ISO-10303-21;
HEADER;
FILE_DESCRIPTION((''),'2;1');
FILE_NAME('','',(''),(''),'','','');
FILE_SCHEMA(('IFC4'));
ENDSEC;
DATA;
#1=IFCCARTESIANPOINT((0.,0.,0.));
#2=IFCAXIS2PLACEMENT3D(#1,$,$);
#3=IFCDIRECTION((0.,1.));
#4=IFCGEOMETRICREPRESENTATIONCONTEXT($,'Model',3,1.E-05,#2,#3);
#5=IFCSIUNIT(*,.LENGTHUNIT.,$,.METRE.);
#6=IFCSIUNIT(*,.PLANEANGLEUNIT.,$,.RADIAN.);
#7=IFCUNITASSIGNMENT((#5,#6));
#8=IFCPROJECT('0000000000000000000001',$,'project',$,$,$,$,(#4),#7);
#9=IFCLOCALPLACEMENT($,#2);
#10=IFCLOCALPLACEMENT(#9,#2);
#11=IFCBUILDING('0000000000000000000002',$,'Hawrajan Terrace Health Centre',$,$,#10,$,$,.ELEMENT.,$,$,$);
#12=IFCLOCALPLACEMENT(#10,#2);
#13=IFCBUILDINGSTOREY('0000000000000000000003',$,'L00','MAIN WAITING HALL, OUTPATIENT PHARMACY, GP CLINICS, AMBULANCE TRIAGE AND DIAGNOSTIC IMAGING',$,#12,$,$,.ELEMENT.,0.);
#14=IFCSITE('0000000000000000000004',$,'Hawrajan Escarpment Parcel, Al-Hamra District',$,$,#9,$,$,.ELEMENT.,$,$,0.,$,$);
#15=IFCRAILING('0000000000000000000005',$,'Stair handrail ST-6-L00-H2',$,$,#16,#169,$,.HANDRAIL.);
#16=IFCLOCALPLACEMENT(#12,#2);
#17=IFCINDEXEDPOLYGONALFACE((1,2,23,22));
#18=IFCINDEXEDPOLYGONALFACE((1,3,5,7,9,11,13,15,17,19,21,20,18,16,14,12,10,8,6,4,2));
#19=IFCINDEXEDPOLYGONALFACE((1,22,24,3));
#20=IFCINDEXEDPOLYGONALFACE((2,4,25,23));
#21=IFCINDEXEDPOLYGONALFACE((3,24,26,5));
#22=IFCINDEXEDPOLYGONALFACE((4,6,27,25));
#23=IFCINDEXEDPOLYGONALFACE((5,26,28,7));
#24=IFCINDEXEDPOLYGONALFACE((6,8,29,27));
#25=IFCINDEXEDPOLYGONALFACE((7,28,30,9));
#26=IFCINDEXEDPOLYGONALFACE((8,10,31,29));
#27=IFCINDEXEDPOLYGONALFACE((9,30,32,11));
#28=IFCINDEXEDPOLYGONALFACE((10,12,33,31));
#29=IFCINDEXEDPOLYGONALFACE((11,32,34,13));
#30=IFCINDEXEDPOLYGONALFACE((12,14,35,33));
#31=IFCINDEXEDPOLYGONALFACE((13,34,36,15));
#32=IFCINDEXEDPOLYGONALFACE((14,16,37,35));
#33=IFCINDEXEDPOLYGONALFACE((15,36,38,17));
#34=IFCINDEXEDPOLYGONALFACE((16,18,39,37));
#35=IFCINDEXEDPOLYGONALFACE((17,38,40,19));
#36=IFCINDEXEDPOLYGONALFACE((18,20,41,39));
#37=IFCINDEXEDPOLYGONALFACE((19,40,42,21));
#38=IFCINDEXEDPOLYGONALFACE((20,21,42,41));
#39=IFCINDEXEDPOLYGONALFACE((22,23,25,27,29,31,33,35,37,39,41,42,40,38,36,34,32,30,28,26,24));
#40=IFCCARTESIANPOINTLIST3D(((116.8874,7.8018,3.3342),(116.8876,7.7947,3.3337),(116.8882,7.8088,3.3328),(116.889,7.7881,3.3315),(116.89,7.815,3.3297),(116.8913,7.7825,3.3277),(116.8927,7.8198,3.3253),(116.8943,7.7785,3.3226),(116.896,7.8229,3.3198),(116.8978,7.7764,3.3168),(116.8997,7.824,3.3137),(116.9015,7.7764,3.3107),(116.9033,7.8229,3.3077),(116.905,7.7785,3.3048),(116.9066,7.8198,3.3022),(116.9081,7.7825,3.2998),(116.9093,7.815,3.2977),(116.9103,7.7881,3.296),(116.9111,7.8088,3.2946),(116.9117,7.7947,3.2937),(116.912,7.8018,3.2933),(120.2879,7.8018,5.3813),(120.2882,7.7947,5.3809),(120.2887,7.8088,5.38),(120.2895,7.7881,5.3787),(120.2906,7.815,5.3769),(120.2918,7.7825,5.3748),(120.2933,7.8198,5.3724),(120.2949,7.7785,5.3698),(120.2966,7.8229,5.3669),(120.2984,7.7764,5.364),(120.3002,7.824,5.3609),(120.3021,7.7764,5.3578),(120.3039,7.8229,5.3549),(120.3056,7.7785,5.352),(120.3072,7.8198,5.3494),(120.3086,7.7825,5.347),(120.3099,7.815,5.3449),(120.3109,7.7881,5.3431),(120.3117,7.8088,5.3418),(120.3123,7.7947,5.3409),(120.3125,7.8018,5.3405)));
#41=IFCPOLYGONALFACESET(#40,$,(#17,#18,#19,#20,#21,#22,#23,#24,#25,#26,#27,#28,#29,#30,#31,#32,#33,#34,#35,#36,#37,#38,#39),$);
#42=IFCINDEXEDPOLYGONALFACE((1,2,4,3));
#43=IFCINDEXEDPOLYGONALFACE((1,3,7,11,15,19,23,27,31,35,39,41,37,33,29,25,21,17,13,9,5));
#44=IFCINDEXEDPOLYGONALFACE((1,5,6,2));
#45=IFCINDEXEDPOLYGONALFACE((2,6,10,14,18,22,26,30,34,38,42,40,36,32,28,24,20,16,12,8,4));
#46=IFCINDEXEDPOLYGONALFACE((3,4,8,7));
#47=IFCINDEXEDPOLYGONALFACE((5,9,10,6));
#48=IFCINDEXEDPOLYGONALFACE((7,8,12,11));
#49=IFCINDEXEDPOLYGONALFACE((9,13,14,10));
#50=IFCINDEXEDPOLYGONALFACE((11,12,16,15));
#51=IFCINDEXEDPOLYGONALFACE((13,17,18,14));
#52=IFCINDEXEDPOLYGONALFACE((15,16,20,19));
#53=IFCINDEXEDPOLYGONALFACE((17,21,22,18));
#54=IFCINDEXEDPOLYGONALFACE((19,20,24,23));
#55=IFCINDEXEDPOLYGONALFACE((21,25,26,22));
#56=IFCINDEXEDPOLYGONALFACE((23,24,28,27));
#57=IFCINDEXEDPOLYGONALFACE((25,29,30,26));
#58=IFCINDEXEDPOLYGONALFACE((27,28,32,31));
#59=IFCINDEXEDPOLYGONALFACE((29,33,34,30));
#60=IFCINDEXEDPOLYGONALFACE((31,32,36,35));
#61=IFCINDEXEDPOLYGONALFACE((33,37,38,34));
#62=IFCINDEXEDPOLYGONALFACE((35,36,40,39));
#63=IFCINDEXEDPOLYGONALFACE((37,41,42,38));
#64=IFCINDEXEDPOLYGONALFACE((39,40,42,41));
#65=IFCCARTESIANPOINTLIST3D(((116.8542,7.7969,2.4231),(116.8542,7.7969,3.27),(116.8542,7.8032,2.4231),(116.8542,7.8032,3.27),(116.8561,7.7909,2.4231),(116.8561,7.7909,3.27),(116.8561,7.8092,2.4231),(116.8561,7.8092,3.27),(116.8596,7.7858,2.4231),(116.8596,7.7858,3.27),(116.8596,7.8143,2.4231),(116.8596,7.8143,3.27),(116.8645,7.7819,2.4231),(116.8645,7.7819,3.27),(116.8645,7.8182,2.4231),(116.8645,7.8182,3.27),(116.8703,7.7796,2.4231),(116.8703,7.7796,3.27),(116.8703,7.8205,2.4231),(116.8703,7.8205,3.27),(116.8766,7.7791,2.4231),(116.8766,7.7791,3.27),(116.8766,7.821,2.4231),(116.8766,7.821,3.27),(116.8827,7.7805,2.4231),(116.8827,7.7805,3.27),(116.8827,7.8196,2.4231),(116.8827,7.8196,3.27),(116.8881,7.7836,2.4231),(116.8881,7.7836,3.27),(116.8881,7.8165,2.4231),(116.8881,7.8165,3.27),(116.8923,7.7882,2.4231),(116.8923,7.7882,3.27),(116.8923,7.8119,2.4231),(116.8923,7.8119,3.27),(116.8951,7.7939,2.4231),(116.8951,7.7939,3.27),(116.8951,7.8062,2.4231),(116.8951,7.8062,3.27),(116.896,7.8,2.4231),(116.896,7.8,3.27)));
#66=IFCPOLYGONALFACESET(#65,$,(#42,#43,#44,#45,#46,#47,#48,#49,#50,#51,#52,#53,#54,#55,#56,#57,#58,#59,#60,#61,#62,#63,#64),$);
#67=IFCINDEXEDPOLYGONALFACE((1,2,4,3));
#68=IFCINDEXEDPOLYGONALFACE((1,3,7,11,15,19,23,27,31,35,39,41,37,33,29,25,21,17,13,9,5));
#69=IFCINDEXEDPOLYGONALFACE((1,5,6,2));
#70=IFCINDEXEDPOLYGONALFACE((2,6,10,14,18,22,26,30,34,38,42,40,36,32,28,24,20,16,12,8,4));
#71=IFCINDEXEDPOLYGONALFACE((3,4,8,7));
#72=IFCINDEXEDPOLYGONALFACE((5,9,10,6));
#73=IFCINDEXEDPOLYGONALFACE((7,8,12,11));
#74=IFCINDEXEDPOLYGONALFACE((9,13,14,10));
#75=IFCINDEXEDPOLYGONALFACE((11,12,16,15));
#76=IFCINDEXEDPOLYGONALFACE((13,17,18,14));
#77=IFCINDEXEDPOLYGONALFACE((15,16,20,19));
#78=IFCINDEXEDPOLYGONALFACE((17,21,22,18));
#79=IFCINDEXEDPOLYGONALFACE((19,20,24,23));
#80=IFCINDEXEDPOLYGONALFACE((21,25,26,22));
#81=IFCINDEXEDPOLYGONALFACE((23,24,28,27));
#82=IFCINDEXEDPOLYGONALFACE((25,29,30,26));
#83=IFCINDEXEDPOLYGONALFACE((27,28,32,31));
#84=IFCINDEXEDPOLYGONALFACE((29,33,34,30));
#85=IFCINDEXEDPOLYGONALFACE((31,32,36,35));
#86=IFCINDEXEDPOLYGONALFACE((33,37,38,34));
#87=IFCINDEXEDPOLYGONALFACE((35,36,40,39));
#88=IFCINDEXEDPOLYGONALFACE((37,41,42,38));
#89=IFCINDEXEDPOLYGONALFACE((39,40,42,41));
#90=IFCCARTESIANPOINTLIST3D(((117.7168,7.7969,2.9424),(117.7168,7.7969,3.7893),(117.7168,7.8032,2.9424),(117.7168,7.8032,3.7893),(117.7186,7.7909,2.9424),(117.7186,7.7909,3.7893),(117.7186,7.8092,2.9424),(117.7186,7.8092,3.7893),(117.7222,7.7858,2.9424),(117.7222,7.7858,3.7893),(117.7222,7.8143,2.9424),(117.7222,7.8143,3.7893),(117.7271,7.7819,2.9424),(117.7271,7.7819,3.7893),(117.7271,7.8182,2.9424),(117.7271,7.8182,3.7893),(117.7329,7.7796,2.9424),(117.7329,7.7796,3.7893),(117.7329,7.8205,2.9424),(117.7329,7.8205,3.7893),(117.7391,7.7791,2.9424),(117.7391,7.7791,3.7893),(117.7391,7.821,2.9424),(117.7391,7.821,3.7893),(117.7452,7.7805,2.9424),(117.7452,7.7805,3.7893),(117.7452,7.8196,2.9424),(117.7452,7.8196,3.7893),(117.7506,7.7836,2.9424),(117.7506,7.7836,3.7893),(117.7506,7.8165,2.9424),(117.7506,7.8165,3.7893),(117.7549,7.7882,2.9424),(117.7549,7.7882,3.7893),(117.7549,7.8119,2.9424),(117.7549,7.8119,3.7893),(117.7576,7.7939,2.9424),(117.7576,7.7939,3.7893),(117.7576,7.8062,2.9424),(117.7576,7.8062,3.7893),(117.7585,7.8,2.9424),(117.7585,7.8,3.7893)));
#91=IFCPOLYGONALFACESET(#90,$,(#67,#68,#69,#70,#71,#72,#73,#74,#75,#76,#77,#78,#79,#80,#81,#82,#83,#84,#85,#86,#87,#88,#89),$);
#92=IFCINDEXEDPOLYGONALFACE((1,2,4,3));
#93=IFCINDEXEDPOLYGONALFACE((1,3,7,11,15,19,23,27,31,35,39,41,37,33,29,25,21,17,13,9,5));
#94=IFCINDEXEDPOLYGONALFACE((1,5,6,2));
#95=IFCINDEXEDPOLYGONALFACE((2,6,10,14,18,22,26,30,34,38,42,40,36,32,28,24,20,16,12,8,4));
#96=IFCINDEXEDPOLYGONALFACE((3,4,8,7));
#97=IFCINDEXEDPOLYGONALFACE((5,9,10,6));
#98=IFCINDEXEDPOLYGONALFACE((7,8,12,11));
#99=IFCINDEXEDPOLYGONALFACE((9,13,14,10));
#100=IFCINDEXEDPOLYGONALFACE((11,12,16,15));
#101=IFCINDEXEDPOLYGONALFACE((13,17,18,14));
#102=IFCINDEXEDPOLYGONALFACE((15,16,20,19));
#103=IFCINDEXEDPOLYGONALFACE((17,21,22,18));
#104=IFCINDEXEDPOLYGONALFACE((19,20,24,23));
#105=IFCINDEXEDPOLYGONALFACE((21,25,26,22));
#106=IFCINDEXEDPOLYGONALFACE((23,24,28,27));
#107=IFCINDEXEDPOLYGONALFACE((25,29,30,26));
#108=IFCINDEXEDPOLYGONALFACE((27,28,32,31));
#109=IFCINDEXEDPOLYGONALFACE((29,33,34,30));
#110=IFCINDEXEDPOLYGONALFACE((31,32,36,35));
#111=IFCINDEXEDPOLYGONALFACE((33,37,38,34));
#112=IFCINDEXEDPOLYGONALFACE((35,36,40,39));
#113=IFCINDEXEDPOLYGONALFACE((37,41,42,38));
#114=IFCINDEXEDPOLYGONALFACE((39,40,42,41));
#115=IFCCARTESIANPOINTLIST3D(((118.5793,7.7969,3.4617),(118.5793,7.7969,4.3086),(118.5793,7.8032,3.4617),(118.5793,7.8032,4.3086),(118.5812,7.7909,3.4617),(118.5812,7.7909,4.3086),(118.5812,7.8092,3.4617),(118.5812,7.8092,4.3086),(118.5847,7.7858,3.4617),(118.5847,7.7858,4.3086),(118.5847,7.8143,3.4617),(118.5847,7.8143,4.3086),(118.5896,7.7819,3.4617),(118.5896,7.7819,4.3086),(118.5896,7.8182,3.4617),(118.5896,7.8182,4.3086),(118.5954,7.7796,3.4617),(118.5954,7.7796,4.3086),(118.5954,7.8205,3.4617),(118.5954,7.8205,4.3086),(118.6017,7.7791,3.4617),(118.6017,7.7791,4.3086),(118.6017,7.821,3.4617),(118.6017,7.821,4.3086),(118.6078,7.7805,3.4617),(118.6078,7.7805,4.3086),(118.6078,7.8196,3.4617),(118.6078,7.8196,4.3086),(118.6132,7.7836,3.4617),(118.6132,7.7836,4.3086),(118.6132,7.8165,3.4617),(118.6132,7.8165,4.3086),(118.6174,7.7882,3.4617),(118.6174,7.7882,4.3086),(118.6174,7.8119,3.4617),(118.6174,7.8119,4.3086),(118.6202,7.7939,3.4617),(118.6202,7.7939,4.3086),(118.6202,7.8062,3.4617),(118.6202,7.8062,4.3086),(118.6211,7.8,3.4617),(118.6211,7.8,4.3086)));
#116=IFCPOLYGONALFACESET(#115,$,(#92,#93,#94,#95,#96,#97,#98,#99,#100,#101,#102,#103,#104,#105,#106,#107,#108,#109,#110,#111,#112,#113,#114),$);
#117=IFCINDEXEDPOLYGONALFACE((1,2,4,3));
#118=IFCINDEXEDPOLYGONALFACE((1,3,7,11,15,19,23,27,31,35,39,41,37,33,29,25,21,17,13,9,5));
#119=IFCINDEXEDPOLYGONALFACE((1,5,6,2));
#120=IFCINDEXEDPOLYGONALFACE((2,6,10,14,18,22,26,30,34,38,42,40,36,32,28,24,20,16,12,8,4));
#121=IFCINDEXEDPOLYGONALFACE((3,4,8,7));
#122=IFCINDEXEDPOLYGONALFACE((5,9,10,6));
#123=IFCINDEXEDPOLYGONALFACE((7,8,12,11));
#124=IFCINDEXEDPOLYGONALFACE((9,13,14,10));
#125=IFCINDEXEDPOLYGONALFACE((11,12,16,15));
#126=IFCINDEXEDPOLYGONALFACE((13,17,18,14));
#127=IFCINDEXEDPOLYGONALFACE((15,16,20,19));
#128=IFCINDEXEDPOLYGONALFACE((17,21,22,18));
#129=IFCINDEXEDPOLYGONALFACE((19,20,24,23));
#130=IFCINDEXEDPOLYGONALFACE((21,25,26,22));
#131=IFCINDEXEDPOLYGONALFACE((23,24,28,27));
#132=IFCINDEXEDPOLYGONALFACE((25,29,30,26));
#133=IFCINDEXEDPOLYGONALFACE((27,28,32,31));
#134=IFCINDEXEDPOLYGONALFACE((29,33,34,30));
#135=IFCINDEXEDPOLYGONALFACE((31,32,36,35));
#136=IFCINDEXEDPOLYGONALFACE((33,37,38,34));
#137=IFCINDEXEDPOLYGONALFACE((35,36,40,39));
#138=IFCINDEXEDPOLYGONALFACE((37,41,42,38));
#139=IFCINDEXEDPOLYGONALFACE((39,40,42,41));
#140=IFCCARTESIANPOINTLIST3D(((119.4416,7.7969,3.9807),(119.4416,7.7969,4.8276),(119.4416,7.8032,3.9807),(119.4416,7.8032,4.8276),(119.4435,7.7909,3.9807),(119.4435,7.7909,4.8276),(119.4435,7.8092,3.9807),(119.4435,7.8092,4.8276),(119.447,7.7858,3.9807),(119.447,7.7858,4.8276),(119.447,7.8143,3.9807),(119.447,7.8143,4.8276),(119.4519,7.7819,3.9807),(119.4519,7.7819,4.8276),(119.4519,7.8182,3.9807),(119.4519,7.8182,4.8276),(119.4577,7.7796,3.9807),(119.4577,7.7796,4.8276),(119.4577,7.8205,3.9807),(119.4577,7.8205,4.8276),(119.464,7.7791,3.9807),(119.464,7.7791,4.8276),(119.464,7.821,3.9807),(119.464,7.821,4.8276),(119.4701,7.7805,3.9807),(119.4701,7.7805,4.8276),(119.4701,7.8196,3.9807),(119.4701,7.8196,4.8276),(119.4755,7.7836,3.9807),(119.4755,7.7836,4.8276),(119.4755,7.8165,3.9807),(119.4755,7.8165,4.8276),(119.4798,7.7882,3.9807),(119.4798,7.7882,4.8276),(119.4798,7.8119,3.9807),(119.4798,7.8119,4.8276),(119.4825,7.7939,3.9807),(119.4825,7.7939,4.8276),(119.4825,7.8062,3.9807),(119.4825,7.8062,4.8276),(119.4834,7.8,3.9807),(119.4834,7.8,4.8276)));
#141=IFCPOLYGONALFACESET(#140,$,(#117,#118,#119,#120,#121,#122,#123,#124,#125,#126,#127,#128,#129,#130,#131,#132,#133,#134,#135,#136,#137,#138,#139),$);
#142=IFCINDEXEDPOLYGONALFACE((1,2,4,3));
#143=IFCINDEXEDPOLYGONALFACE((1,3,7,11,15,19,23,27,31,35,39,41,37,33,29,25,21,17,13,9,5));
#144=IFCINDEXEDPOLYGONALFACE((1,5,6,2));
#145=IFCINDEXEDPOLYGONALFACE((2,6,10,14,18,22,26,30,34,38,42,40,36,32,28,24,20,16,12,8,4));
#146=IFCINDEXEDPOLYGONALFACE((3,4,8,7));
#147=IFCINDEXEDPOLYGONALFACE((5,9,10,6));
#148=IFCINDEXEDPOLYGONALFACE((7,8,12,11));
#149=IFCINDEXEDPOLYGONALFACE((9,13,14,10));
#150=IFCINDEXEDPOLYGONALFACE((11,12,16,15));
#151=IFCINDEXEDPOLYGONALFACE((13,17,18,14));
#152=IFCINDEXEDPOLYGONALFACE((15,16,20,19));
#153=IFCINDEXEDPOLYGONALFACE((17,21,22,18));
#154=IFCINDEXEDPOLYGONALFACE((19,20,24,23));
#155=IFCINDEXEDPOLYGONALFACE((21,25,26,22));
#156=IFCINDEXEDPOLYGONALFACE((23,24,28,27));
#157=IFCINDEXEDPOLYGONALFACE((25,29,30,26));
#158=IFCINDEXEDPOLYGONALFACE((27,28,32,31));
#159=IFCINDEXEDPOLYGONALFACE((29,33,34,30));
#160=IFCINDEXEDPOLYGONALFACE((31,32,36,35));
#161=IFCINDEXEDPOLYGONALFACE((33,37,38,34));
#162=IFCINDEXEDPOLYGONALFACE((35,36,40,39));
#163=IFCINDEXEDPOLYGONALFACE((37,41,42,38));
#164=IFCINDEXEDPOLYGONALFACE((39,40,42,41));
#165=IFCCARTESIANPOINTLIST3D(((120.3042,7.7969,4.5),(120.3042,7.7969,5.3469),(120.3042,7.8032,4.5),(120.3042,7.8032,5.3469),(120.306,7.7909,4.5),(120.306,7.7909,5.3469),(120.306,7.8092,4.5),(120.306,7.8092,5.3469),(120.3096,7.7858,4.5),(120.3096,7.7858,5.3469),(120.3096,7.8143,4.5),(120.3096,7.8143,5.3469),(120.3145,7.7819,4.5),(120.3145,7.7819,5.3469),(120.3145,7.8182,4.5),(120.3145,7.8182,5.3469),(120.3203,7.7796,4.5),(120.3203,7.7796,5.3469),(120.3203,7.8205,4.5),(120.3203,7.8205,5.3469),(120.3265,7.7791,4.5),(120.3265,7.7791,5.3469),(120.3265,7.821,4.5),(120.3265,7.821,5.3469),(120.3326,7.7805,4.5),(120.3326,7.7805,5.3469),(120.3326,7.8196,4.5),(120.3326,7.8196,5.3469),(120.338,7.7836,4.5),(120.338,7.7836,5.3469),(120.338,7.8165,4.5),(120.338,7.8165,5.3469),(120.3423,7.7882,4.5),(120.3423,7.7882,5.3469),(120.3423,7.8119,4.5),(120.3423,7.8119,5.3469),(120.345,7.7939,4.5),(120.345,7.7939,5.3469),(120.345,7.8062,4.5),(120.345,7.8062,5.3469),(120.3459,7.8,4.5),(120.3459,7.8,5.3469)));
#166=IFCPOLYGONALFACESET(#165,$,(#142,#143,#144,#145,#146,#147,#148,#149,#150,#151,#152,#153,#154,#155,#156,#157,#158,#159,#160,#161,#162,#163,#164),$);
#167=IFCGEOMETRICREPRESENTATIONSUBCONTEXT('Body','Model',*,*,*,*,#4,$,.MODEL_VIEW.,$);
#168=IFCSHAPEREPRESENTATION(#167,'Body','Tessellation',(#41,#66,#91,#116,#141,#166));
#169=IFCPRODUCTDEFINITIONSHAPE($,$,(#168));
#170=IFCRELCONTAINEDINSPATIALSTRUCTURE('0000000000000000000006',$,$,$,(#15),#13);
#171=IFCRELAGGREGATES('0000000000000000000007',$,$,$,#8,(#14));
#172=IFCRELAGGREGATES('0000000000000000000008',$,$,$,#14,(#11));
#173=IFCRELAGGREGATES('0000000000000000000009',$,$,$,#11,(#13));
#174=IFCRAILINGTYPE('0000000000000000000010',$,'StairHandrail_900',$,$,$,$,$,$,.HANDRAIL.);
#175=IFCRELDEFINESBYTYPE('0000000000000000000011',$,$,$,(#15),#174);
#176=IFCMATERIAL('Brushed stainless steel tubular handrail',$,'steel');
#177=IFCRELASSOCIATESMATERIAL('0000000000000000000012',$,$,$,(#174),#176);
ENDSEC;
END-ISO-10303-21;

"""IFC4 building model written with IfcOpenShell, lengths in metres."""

from ifc_helpers import new_model, si_unit, direction, frame, origin, origin_2d, place, context, subcontext, project, spatial, circle, extrude, material, type_object, element, save


model = new_model("IFC4")

# Units and contexts
model_context = context("Model", 3, precision=1e-05, world=origin(), true_north=direction((0.0, 1.0)))
body_context = subcontext(model_context, "Body", "Model", "MODEL_VIEW")
ifc_project = project(units=[si_unit("LENGTHUNIT", "METRE"), si_unit("PLANEANGLEUNIT", "RADIAN")], contexts=[model_context])

# Site, building, storey
site_placement = place(None, origin())
site = spatial("IfcSite", under=ifc_project, at=site_placement, Name="Hawrajan Escarpment Parcel, Al-Hamra District", CompositionType="ELEMENT", RefElevation=0.0)
building_placement = place(site_placement, origin())
building = spatial("IfcBuilding", under=site, at=building_placement, Name="Hawrajan Terrace Health Centre", CompositionType="ELEMENT")
storey_placement = place(building_placement, origin())
storey = spatial("IfcBuildingStorey", under=building, at=storey_placement, Name="L00", Description="MAIN WAITING HALL, OUTPATIENT PHARMACY, GP CLINICS, AMBULANCE TRIAGE AND DIAGNOSTIC IMAGING", CompositionType="ELEMENT", Elevation=0.0)

# Railing
ifc_material_1 = material(Name="Brushed stainless steel tubular handrail", Category="steel")
railing_type_1 = type_object("IfcRailingType", Name="StairHandrail_900", PredefinedType="HANDRAIL", material=ifc_material_1)
railing_1_placement = place(storey_placement, frame((116.875, 7.8, 2.4231)))
element("IfcRailing", 1, at=railing_1_placement, inside=storey, type_object=railing_type_1, Name="Stair handrail ST-6-L00-H2", PredefinedType="HANDRAIL", context=body_context, shape_type="SweptSolid", body=[
    extrude(circle(Radius=0.0239, at=origin_2d()), frame((0.0247, 0.0, 0.8906), z_axis=(0.856732, 0.0, 0.515761), x_axis=(0.0, 1.0, 0.0)), (0.0, 0.0, 1.0), 3.9692),
    extrude(circle(Radius=0.021, at=origin_2d()), origin(), (0.0, 0.0, 1.0), 0.8469),
    extrude(circle(Radius=0.021, at=origin_2d()), frame((0.8625, 0.0, 0.5193)), (0.0, 0.0, 1.0), 0.8469),
    extrude(circle(Radius=0.021, at=origin_2d()), frame((1.7251, 0.0, 1.0386)), (0.0, 0.0, 1.0), 0.8469),
    extrude(circle(Radius=0.021, at=origin_2d()), frame((2.5874, 0.0, 1.5576)), (0.0, 0.0, 1.0), 0.8469),
    extrude(circle(Radius=0.021, at=origin_2d()), frame((3.45, 0.0, 2.0769)), (0.0, 0.0, 1.0), 0.8469),
])

save(model, "model.ifc")
